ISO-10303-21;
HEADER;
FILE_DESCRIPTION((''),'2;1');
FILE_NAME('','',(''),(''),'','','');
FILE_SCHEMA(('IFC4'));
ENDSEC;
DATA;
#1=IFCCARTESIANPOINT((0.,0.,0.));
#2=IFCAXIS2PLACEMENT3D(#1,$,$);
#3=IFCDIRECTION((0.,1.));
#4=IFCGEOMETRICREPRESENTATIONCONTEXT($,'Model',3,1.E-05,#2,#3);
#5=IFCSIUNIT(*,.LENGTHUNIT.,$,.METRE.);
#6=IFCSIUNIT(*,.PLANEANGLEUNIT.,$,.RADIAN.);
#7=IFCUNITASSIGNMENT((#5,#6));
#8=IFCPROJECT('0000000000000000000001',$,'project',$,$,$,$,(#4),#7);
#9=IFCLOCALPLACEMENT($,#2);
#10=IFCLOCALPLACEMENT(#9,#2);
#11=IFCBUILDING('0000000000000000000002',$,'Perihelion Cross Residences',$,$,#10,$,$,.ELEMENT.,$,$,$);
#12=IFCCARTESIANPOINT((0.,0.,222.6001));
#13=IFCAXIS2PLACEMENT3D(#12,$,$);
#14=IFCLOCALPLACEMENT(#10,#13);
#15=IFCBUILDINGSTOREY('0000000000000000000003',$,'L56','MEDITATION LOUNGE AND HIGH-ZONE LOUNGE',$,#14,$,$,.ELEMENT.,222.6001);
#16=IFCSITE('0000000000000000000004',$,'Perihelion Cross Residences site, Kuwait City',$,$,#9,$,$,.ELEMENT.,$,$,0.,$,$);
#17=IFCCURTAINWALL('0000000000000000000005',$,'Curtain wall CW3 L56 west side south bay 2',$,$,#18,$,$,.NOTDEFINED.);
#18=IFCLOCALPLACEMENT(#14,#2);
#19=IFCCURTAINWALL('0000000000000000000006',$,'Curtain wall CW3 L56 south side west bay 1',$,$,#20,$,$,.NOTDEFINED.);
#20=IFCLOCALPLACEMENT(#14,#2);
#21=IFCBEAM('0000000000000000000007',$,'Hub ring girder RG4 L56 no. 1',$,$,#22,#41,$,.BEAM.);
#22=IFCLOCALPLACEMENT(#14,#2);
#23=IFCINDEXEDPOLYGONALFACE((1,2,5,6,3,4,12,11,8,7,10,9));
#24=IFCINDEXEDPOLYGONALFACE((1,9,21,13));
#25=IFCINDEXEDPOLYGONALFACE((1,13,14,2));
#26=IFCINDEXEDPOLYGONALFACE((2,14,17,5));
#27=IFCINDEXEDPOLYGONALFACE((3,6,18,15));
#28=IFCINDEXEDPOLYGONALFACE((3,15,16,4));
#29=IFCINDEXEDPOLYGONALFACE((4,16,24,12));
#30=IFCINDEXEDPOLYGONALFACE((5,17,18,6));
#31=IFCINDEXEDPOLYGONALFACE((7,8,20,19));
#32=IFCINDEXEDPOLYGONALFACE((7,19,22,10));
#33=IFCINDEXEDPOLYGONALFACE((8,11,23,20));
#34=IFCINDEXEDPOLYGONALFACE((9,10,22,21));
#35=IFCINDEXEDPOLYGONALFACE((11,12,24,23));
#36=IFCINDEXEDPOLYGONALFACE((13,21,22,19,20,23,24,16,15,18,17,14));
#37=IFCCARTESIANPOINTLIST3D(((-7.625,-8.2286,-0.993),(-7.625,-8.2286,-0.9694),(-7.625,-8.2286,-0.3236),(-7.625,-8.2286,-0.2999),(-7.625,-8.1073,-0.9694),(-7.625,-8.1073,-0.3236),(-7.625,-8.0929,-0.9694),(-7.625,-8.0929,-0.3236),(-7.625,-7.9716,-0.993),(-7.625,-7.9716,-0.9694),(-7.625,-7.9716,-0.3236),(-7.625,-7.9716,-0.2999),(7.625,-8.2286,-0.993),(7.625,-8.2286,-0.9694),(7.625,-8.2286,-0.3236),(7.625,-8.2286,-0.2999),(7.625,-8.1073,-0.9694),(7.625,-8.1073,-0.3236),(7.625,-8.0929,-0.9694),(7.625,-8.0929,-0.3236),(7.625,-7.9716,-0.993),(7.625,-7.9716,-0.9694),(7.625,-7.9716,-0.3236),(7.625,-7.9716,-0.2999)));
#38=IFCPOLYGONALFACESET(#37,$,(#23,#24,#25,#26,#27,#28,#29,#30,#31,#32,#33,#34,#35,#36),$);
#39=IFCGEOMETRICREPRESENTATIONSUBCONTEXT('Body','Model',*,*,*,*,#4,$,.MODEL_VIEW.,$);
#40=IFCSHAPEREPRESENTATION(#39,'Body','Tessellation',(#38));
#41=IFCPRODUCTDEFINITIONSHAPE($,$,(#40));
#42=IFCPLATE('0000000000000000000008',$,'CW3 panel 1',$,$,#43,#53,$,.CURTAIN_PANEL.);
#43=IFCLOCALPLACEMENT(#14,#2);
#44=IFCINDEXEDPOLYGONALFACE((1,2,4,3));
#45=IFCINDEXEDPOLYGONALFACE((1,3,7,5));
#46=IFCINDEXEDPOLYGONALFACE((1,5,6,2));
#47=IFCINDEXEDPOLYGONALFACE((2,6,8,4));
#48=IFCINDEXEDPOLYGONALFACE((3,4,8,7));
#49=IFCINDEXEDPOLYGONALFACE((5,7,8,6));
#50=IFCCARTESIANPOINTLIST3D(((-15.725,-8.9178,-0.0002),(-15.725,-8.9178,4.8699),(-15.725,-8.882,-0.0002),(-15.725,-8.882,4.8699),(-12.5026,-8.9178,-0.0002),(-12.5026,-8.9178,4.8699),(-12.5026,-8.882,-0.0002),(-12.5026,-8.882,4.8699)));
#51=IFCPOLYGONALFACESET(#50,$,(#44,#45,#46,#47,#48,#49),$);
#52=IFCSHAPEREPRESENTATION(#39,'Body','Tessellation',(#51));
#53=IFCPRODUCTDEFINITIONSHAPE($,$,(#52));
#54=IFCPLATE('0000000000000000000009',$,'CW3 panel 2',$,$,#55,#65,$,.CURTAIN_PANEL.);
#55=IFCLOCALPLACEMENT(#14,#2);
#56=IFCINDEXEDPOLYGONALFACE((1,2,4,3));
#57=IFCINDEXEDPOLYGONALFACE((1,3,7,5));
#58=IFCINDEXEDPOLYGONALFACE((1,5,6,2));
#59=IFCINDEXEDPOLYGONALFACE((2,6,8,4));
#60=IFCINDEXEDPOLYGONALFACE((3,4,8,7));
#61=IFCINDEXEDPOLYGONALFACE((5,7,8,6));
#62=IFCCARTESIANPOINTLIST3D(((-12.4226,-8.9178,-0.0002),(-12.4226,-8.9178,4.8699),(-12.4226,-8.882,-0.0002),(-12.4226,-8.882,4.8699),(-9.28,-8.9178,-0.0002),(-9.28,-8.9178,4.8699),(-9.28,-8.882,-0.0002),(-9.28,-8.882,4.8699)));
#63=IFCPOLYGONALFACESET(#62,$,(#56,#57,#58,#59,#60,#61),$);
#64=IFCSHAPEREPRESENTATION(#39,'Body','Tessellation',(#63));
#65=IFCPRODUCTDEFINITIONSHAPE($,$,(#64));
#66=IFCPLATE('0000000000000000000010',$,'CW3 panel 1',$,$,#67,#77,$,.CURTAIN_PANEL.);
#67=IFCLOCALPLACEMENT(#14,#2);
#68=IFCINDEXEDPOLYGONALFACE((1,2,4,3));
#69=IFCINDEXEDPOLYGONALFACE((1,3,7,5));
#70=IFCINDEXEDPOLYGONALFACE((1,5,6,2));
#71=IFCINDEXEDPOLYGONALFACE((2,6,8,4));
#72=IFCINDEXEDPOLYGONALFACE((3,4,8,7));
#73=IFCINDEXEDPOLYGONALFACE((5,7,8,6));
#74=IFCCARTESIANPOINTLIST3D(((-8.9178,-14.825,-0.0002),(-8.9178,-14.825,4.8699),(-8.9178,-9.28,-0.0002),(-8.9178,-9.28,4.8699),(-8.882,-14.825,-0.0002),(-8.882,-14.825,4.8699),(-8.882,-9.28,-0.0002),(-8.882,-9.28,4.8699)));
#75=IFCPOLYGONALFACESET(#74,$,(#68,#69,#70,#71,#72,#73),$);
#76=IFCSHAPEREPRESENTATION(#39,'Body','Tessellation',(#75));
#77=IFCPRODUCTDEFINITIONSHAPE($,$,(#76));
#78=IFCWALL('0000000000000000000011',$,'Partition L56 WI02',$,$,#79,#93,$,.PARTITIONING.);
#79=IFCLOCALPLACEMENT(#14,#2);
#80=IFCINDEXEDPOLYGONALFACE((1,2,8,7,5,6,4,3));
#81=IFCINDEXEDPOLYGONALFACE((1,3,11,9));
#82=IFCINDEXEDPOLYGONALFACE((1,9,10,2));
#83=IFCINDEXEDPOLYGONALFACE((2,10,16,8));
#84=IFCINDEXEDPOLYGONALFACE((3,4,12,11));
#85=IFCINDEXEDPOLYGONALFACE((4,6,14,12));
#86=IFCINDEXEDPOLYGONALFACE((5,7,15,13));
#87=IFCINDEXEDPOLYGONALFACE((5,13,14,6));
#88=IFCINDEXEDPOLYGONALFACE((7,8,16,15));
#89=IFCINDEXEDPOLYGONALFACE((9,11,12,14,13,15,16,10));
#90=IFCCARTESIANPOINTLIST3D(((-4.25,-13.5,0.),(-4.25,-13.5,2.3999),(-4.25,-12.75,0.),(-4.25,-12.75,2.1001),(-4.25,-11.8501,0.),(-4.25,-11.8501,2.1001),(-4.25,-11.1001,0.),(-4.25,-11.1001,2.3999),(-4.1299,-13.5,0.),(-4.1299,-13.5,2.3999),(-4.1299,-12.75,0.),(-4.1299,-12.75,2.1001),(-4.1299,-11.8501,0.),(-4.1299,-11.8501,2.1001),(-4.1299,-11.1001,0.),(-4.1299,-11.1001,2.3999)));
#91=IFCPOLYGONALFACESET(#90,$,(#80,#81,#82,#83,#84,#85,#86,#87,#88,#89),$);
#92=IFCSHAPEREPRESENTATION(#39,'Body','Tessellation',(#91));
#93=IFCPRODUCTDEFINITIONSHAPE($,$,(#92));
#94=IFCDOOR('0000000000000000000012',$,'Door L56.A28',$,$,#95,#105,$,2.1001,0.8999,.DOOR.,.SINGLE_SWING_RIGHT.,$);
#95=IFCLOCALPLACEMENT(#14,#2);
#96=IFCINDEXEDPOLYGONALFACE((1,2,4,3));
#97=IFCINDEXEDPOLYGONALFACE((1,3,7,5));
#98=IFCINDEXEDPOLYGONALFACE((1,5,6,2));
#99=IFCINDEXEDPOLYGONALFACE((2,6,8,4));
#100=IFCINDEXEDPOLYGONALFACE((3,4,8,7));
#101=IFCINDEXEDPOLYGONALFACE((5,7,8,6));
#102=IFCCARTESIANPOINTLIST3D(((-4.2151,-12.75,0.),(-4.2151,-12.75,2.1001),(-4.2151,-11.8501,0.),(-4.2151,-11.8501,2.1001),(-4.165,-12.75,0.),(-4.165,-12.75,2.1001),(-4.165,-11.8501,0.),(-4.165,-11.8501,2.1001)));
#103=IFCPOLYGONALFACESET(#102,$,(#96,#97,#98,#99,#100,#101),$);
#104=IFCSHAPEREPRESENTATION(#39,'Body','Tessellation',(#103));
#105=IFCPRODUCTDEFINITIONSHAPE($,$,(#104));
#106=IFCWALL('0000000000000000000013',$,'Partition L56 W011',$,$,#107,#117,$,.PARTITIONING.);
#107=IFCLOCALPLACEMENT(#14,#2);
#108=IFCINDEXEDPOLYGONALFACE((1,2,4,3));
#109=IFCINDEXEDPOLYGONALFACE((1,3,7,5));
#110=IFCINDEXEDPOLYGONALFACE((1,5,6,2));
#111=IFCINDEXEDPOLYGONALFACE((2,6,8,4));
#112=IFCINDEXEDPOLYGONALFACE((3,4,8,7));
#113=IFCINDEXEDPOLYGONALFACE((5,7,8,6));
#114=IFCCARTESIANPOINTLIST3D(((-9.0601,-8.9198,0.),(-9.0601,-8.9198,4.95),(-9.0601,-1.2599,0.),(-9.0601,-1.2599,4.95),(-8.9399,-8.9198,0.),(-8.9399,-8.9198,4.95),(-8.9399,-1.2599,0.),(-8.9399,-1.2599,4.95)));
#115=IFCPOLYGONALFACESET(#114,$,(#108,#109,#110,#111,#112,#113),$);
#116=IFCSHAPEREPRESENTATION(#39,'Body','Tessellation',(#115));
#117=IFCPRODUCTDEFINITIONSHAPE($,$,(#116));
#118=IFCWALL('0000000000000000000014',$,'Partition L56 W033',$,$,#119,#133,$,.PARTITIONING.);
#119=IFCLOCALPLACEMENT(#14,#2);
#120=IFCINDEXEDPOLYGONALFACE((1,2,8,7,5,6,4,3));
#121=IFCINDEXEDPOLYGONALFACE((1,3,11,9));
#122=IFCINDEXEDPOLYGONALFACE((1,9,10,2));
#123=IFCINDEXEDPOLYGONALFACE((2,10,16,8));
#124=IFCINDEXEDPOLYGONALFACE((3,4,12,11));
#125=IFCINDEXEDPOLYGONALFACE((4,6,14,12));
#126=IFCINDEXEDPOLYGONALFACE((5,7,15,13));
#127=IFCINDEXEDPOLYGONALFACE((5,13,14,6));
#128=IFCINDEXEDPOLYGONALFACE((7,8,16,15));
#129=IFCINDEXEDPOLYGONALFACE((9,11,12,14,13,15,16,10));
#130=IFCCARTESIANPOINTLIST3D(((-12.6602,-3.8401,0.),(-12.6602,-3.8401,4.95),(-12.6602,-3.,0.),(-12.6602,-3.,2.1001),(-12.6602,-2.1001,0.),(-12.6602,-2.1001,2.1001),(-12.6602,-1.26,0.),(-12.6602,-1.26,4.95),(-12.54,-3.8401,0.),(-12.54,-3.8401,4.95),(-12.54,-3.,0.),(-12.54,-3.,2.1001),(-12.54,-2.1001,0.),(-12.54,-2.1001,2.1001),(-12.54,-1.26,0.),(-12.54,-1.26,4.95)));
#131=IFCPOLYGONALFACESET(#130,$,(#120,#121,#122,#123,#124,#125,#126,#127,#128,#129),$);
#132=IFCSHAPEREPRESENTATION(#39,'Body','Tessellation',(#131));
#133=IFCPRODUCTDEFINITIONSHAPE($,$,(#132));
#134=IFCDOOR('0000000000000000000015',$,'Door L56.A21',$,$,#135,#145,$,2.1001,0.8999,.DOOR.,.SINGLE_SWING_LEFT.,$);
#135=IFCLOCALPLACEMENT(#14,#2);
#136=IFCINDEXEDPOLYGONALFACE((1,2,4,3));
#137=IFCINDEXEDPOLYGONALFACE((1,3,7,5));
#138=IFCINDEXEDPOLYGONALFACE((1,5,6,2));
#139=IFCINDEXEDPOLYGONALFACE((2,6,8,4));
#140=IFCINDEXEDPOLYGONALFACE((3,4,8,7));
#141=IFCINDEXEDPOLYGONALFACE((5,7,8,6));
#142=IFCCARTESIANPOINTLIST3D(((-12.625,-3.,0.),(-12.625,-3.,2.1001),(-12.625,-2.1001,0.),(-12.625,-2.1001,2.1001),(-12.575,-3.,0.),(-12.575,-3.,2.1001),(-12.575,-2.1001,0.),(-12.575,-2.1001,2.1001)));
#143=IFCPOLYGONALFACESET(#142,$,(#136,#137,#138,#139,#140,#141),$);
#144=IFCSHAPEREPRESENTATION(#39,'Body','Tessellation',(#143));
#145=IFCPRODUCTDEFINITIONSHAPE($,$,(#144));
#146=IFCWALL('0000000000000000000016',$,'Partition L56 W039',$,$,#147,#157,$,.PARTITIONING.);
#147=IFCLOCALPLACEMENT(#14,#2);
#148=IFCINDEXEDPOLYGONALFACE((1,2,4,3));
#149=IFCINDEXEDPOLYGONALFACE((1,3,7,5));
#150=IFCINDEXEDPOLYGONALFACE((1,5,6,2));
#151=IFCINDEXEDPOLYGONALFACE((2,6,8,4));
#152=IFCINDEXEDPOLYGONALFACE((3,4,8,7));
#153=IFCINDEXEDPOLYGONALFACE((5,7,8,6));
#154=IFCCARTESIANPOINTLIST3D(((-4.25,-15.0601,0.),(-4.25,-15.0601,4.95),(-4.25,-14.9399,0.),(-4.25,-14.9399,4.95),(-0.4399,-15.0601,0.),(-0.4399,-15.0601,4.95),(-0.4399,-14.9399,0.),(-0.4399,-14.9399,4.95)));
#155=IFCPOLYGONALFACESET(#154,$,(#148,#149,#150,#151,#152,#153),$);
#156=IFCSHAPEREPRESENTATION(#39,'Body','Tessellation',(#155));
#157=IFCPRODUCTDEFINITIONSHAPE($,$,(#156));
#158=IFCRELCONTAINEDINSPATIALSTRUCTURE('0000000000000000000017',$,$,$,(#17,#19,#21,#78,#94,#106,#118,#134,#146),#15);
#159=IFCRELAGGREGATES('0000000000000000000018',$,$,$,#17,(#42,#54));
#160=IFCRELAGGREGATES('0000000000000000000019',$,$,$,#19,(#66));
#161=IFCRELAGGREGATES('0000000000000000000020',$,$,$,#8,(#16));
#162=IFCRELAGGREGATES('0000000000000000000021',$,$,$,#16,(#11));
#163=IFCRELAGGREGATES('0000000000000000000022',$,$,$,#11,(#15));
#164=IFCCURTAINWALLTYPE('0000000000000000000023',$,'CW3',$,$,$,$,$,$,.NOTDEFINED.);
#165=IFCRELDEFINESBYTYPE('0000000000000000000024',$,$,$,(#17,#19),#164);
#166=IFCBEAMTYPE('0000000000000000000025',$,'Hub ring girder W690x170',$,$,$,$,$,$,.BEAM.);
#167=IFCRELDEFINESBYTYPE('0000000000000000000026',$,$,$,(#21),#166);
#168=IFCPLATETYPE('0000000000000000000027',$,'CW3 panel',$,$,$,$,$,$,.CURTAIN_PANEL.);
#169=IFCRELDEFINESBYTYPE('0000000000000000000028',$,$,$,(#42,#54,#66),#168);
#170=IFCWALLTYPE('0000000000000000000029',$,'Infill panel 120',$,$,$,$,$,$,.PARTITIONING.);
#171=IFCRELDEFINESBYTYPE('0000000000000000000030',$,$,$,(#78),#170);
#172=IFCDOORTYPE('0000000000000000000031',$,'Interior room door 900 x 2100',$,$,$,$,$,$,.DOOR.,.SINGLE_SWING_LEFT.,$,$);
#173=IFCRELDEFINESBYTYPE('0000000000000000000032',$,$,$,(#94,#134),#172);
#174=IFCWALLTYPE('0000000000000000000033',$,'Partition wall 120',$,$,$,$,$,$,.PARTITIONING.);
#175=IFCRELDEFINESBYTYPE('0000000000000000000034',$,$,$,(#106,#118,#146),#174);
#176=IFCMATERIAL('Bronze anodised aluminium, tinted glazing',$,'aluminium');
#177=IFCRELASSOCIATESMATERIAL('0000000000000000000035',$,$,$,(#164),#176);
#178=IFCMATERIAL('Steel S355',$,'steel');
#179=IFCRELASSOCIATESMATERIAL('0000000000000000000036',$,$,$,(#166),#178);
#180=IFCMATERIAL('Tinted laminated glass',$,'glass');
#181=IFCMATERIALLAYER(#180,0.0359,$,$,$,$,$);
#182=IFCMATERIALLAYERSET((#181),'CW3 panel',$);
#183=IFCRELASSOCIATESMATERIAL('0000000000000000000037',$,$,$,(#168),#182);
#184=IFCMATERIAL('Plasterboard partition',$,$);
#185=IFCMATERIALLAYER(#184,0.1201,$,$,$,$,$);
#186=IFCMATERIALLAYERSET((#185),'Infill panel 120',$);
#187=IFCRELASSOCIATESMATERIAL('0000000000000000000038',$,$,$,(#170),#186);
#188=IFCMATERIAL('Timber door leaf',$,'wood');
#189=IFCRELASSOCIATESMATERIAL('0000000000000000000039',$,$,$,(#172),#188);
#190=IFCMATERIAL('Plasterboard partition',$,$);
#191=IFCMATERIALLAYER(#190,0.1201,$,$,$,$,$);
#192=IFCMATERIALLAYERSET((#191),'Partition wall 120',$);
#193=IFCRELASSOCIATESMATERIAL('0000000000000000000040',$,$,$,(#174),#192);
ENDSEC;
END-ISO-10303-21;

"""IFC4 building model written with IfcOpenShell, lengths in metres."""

from ifc_helpers import new_model, si_unit, direction, frame, frame_2d, origin, origin_2d, place, context, subcontext, project, spatial, rectangle, i_section, extrude, material, layer, layer_set, material_profile, profile_set, type_object, element, fill, aggregate, save


model = new_model("IFC4")

# Units and contexts
model_context = context("Model", 3, precision=1e-05, world=origin(), true_north=direction((0.0, 1.0)))
body_context = subcontext(model_context, "Body", "Model", "MODEL_VIEW")
ifc_project = project(units=[si_unit("LENGTHUNIT", "METRE"), si_unit("PLANEANGLEUNIT", "RADIAN")], contexts=[model_context])

# Site, building, storey
site_placement = place(None, origin())
site = spatial("IfcSite", under=ifc_project, at=site_placement, Name="Perihelion Cross Residences site, Kuwait City", CompositionType="ELEMENT", RefElevation=0.0)
building_placement = place(site_placement, origin())
building = spatial("IfcBuilding", under=site, at=building_placement, Name="Perihelion Cross Residences", CompositionType="ELEMENT")
storey_placement = place(building_placement, frame((0.0, 0.0, 222.6001)))
storey = spatial("IfcBuildingStorey", under=building, at=storey_placement, Name="L56", Description="MEDITATION LOUNGE AND HIGH-ZONE LOUNGE", CompositionType="ELEMENT", Elevation=222.6001)

# Curtain walls
ifc_material_1 = material(Name="Bronze anodised aluminium, tinted glazing", Category="aluminium")
curtain_wall_type = type_object("IfcCurtainWallType", Name="CW3", PredefinedType="NOTDEFINED", material=ifc_material_1)
curtain_wall_1_placement = place(storey_placement, origin())
curtain_wall_1 = element("IfcCurtainWall", 1, at=curtain_wall_1_placement, inside=storey, type_object=curtain_wall_type, Name="Curtain wall CW3 L56 west side south bay 2", PredefinedType="NOTDEFINED")
curtain_wall_2_placement = place(storey_placement, origin())
curtain_wall_2 = element("IfcCurtainWall", 2, at=curtain_wall_2_placement, inside=storey, type_object=curtain_wall_type, Name="Curtain wall CW3 L56 south side west bay 1", PredefinedType="NOTDEFINED")

# Beam
ifc_material_2 = material(Name="Steel S355", Category="steel")
ifc_material_profile_1 = material_profile(ifc_material_2, i_section(OverallWidth=0.2571, OverallDepth=0.6931, WebThickness=0.0144, FlangeThickness=0.0237, at=origin_2d()), Name="W690x170")
ifc_profile_set_1 = profile_set([ifc_material_profile_1], Name="Steel S355")
beam_type_1 = type_object("IfcBeamType", Name="Hub ring girder W690x170", PredefinedType="BEAM", material=ifc_profile_set_1)
beam_1_placement = place(storey_placement, frame((-7.625, -8.1001, -0.6465), z_axis=(1.0, 0.0, 0.0), x_axis=(0.0, 1.0, 0.0)))
element("IfcBeam", 3, at=beam_1_placement, inside=storey, type_object=beam_type_1, Name="Hub ring girder RG4 L56 no. 1", PredefinedType="BEAM", context=body_context, shape_type="SweptSolid", body=[
    extrude(i_section(OverallWidth=0.2571, OverallDepth=0.6931, WebThickness=0.0144, FlangeThickness=0.0237, at=origin_2d()), origin(), (0.0, 0.0, 1.0), 15.25),
])

# Plates
ifc_material_3 = material(Name="Tinted laminated glass", Category="glass")
ifc_layer_1 = layer(ifc_material_3, 0.0359)
ifc_layer_set_1 = layer_set([ifc_layer_1], Name="CW3 panel")
plate_type = type_object("IfcPlateType", Name="CW3 panel", PredefinedType="CURTAIN_PANEL", material=ifc_layer_set_1)
plate_1_placement = place(storey_placement, frame((-14.1138, -8.8999, -0.0002), z_axis=(0.0, 0.0, 1.0), x_axis=(1.0, 0.0, 0.0)))
plate_1 = element("IfcPlate", 4, at=plate_1_placement, type_object=plate_type, Name="CW3 panel 1", PredefinedType="CURTAIN_PANEL", context=body_context, shape_type="SweptSolid", body=[
    extrude(rectangle(XDim=3.2224, YDim=0.0359, at=origin_2d()), origin(), (0.0, 0.0, 1.0), 4.8701),
])
plate_2_placement = place(storey_placement, frame((-10.8513, -8.8999, -0.0002), z_axis=(0.0, 0.0, 1.0), x_axis=(1.0, 0.0, 0.0)))
plate_2 = element("IfcPlate", 5, at=plate_2_placement, type_object=plate_type, Name="CW3 panel 2", PredefinedType="CURTAIN_PANEL", context=body_context, shape_type="SweptSolid", body=[
    extrude(rectangle(XDim=3.1426, YDim=0.0359, at=origin_2d()), origin(), (0.0, 0.0, 1.0), 4.8701),
])
aggregate(curtain_wall_1, [plate_1, plate_2])
plate_3_placement = place(storey_placement, frame((-8.8999, -12.0525, -0.0002), z_axis=(0.0, 0.0, 1.0), x_axis=(0.0, -1.0, 0.0)))
plate_3 = element("IfcPlate", 6, at=plate_3_placement, type_object=plate_type, Name="CW3 panel 1", PredefinedType="CURTAIN_PANEL", context=body_context, shape_type="SweptSolid", body=[
    extrude(rectangle(XDim=5.5449, YDim=0.0359, at=origin_2d()), origin(), (0.0, 0.0, 1.0), 4.8701),
])
aggregate(curtain_wall_2, [plate_3])

# Wall, opening, door
ifc_material_4 = material(Name="Plasterboard partition")
ifc_layer_2 = layer(ifc_material_4, 0.1201)
ifc_layer_set_2 = layer_set([ifc_layer_2], Name="Infill panel 120")
wall_type_1 = type_object("IfcWallType", Name="Infill panel 120", PredefinedType="PARTITIONING", material=ifc_layer_set_2)
wall_1_placement = place(storey_placement, frame((-4.1899, -11.1001, 0.0), z_axis=(0.0, 0.0, 1.0), x_axis=(0.0, -1.0, 0.0)))
wall_1 = element("IfcWall", 7, at=wall_1_placement, inside=storey, type_object=wall_type_1, Name="Partition L56 WI02", PredefinedType="PARTITIONING", context=body_context, shape_type="SweptSolid", body=[
    extrude(rectangle(XDim=2.3999, YDim=0.1201, at=frame_2d((1.2, 0.0))), origin(), (0.0, 0.0, 1.0), 2.3999),
])
opening_1_placement = place(wall_1_placement, frame((0.75, 0.0, 0.0)))
opening_1 = element("IfcOpeningElement", 8, at=opening_1_placement, cuts=wall_1, PredefinedType="OPENING", context=body_context, shape_type="SweptSolid", body=[
    extrude(rectangle(XDim=0.8999, YDim=2.1001, at=frame_2d((0.45, 1.05))), frame((0.0, 0.0701, 0.0), z_axis=(0.0, -1.0, 0.0), x_axis=(1.0, 0.0, 0.0)), (0.0, 0.0, 1.0), 0.1401),
])
ifc_material_5 = material(Name="Timber door leaf", Category="wood")
door_type_1 = type_object("IfcDoorType", Name="Interior room door 900 x 2100", OperationType="SINGLE_SWING_LEFT", PredefinedType="DOOR", material=ifc_material_5)
door_1_placement = place(opening_1_placement, origin())
door_1 = element("IfcDoor", 9, at=door_1_placement, inside=storey, type_object=door_type_1, Name="Door L56.A28", OperationType="SINGLE_SWING_RIGHT", OverallHeight=2.1001, OverallWidth=0.8999, PredefinedType="DOOR", context=body_context, shape_type="SweptSolid", body=[
    extrude(rectangle(XDim=0.8999, YDim=2.1001, at=frame_2d((0.45, 1.05))), frame((0.0, 0.0249, 0.0), z_axis=(0.0, -1.0, 0.0), x_axis=(1.0, 0.0, 0.0)), (0.0, 0.0, 1.0), 0.05),
])
fill(opening_1, door_1)

# Wall
ifc_material_6 = material(Name="Plasterboard partition")
ifc_layer_3 = layer(ifc_material_6, 0.1201)
ifc_layer_set_3 = layer_set([ifc_layer_3], Name="Partition wall 120")
wall_type_2 = type_object("IfcWallType", Name="Partition wall 120", PredefinedType="PARTITIONING", material=ifc_layer_set_3)
wall_2_placement = place(storey_placement, frame((-9.0, -8.9199, 0.0), z_axis=(0.0, 0.0, 1.0), x_axis=(0.0, 1.0, 0.0)))
element("IfcWall", 10, at=wall_2_placement, inside=storey, type_object=wall_type_2, Name="Partition L56 W011", PredefinedType="PARTITIONING", context=body_context, shape_type="SweptSolid", body=[
    extrude(rectangle(XDim=7.6599, YDim=0.1201, at=frame_2d((3.8301, 0.0))), origin(), (0.0, 0.0, 1.0), 4.95),
])

# Wall, opening, door
wall_3_placement = place(storey_placement, frame((-12.6001, -3.8401, 0.0), z_axis=(0.0, 0.0, 1.0), x_axis=(0.0, 1.0, 0.0)))
wall_3 = element("IfcWall", 11, at=wall_3_placement, inside=storey, type_object=wall_type_2, Name="Partition L56 W033", PredefinedType="PARTITIONING", context=body_context, shape_type="SweptSolid", body=[
    extrude(rectangle(XDim=2.5801, YDim=0.1201, at=frame_2d((1.29, 0.0))), origin(), (0.0, 0.0, 1.0), 4.95),
])
opening_2_placement = place(wall_3_placement, frame((0.8401, 0.0, 0.0)))
opening_2 = element("IfcOpeningElement", 12, at=opening_2_placement, cuts=wall_3, PredefinedType="OPENING", context=body_context, shape_type="SweptSolid", body=[
    extrude(rectangle(XDim=0.8999, YDim=2.1001, at=frame_2d((0.45, 1.05))), frame((0.0, 0.0701, 0.0), z_axis=(0.0, -1.0, 0.0), x_axis=(1.0, 0.0, 0.0)), (0.0, 0.0, 1.0), 0.1401),
])
door_2_placement = place(opening_2_placement, origin())
door_2 = element("IfcDoor", 13, at=door_2_placement, inside=storey, type_object=door_type_1, Name="Door L56.A21", OperationType="SINGLE_SWING_LEFT", OverallHeight=2.1001, OverallWidth=0.8999, PredefinedType="DOOR", context=body_context, shape_type="SweptSolid", body=[
    extrude(rectangle(XDim=0.8999, YDim=2.1001, at=frame_2d((0.45, 1.05))), frame((0.0, 0.0249, 0.0), z_axis=(0.0, -1.0, 0.0), x_axis=(1.0, 0.0, 0.0)), (0.0, 0.0, 1.0), 0.05),
])
fill(opening_2, door_2)

# Wall
wall_4_placement = place(storey_placement, frame((-0.4399, -15.0, 0.0), z_axis=(0.0, 0.0, 1.0), x_axis=(-1.0, 0.0, 0.0)))
element("IfcWall", 14, at=wall_4_placement, inside=storey, type_object=wall_type_2, Name="Partition L56 W039", PredefinedType="PARTITIONING", context=body_context, shape_type="SweptSolid", body=[
    extrude(rectangle(XDim=3.8101, YDim=0.1201, at=frame_2d((1.905, 0.0))), origin(), (0.0, 0.0, 1.0), 4.95),
])

save(model, "model.ifc")
